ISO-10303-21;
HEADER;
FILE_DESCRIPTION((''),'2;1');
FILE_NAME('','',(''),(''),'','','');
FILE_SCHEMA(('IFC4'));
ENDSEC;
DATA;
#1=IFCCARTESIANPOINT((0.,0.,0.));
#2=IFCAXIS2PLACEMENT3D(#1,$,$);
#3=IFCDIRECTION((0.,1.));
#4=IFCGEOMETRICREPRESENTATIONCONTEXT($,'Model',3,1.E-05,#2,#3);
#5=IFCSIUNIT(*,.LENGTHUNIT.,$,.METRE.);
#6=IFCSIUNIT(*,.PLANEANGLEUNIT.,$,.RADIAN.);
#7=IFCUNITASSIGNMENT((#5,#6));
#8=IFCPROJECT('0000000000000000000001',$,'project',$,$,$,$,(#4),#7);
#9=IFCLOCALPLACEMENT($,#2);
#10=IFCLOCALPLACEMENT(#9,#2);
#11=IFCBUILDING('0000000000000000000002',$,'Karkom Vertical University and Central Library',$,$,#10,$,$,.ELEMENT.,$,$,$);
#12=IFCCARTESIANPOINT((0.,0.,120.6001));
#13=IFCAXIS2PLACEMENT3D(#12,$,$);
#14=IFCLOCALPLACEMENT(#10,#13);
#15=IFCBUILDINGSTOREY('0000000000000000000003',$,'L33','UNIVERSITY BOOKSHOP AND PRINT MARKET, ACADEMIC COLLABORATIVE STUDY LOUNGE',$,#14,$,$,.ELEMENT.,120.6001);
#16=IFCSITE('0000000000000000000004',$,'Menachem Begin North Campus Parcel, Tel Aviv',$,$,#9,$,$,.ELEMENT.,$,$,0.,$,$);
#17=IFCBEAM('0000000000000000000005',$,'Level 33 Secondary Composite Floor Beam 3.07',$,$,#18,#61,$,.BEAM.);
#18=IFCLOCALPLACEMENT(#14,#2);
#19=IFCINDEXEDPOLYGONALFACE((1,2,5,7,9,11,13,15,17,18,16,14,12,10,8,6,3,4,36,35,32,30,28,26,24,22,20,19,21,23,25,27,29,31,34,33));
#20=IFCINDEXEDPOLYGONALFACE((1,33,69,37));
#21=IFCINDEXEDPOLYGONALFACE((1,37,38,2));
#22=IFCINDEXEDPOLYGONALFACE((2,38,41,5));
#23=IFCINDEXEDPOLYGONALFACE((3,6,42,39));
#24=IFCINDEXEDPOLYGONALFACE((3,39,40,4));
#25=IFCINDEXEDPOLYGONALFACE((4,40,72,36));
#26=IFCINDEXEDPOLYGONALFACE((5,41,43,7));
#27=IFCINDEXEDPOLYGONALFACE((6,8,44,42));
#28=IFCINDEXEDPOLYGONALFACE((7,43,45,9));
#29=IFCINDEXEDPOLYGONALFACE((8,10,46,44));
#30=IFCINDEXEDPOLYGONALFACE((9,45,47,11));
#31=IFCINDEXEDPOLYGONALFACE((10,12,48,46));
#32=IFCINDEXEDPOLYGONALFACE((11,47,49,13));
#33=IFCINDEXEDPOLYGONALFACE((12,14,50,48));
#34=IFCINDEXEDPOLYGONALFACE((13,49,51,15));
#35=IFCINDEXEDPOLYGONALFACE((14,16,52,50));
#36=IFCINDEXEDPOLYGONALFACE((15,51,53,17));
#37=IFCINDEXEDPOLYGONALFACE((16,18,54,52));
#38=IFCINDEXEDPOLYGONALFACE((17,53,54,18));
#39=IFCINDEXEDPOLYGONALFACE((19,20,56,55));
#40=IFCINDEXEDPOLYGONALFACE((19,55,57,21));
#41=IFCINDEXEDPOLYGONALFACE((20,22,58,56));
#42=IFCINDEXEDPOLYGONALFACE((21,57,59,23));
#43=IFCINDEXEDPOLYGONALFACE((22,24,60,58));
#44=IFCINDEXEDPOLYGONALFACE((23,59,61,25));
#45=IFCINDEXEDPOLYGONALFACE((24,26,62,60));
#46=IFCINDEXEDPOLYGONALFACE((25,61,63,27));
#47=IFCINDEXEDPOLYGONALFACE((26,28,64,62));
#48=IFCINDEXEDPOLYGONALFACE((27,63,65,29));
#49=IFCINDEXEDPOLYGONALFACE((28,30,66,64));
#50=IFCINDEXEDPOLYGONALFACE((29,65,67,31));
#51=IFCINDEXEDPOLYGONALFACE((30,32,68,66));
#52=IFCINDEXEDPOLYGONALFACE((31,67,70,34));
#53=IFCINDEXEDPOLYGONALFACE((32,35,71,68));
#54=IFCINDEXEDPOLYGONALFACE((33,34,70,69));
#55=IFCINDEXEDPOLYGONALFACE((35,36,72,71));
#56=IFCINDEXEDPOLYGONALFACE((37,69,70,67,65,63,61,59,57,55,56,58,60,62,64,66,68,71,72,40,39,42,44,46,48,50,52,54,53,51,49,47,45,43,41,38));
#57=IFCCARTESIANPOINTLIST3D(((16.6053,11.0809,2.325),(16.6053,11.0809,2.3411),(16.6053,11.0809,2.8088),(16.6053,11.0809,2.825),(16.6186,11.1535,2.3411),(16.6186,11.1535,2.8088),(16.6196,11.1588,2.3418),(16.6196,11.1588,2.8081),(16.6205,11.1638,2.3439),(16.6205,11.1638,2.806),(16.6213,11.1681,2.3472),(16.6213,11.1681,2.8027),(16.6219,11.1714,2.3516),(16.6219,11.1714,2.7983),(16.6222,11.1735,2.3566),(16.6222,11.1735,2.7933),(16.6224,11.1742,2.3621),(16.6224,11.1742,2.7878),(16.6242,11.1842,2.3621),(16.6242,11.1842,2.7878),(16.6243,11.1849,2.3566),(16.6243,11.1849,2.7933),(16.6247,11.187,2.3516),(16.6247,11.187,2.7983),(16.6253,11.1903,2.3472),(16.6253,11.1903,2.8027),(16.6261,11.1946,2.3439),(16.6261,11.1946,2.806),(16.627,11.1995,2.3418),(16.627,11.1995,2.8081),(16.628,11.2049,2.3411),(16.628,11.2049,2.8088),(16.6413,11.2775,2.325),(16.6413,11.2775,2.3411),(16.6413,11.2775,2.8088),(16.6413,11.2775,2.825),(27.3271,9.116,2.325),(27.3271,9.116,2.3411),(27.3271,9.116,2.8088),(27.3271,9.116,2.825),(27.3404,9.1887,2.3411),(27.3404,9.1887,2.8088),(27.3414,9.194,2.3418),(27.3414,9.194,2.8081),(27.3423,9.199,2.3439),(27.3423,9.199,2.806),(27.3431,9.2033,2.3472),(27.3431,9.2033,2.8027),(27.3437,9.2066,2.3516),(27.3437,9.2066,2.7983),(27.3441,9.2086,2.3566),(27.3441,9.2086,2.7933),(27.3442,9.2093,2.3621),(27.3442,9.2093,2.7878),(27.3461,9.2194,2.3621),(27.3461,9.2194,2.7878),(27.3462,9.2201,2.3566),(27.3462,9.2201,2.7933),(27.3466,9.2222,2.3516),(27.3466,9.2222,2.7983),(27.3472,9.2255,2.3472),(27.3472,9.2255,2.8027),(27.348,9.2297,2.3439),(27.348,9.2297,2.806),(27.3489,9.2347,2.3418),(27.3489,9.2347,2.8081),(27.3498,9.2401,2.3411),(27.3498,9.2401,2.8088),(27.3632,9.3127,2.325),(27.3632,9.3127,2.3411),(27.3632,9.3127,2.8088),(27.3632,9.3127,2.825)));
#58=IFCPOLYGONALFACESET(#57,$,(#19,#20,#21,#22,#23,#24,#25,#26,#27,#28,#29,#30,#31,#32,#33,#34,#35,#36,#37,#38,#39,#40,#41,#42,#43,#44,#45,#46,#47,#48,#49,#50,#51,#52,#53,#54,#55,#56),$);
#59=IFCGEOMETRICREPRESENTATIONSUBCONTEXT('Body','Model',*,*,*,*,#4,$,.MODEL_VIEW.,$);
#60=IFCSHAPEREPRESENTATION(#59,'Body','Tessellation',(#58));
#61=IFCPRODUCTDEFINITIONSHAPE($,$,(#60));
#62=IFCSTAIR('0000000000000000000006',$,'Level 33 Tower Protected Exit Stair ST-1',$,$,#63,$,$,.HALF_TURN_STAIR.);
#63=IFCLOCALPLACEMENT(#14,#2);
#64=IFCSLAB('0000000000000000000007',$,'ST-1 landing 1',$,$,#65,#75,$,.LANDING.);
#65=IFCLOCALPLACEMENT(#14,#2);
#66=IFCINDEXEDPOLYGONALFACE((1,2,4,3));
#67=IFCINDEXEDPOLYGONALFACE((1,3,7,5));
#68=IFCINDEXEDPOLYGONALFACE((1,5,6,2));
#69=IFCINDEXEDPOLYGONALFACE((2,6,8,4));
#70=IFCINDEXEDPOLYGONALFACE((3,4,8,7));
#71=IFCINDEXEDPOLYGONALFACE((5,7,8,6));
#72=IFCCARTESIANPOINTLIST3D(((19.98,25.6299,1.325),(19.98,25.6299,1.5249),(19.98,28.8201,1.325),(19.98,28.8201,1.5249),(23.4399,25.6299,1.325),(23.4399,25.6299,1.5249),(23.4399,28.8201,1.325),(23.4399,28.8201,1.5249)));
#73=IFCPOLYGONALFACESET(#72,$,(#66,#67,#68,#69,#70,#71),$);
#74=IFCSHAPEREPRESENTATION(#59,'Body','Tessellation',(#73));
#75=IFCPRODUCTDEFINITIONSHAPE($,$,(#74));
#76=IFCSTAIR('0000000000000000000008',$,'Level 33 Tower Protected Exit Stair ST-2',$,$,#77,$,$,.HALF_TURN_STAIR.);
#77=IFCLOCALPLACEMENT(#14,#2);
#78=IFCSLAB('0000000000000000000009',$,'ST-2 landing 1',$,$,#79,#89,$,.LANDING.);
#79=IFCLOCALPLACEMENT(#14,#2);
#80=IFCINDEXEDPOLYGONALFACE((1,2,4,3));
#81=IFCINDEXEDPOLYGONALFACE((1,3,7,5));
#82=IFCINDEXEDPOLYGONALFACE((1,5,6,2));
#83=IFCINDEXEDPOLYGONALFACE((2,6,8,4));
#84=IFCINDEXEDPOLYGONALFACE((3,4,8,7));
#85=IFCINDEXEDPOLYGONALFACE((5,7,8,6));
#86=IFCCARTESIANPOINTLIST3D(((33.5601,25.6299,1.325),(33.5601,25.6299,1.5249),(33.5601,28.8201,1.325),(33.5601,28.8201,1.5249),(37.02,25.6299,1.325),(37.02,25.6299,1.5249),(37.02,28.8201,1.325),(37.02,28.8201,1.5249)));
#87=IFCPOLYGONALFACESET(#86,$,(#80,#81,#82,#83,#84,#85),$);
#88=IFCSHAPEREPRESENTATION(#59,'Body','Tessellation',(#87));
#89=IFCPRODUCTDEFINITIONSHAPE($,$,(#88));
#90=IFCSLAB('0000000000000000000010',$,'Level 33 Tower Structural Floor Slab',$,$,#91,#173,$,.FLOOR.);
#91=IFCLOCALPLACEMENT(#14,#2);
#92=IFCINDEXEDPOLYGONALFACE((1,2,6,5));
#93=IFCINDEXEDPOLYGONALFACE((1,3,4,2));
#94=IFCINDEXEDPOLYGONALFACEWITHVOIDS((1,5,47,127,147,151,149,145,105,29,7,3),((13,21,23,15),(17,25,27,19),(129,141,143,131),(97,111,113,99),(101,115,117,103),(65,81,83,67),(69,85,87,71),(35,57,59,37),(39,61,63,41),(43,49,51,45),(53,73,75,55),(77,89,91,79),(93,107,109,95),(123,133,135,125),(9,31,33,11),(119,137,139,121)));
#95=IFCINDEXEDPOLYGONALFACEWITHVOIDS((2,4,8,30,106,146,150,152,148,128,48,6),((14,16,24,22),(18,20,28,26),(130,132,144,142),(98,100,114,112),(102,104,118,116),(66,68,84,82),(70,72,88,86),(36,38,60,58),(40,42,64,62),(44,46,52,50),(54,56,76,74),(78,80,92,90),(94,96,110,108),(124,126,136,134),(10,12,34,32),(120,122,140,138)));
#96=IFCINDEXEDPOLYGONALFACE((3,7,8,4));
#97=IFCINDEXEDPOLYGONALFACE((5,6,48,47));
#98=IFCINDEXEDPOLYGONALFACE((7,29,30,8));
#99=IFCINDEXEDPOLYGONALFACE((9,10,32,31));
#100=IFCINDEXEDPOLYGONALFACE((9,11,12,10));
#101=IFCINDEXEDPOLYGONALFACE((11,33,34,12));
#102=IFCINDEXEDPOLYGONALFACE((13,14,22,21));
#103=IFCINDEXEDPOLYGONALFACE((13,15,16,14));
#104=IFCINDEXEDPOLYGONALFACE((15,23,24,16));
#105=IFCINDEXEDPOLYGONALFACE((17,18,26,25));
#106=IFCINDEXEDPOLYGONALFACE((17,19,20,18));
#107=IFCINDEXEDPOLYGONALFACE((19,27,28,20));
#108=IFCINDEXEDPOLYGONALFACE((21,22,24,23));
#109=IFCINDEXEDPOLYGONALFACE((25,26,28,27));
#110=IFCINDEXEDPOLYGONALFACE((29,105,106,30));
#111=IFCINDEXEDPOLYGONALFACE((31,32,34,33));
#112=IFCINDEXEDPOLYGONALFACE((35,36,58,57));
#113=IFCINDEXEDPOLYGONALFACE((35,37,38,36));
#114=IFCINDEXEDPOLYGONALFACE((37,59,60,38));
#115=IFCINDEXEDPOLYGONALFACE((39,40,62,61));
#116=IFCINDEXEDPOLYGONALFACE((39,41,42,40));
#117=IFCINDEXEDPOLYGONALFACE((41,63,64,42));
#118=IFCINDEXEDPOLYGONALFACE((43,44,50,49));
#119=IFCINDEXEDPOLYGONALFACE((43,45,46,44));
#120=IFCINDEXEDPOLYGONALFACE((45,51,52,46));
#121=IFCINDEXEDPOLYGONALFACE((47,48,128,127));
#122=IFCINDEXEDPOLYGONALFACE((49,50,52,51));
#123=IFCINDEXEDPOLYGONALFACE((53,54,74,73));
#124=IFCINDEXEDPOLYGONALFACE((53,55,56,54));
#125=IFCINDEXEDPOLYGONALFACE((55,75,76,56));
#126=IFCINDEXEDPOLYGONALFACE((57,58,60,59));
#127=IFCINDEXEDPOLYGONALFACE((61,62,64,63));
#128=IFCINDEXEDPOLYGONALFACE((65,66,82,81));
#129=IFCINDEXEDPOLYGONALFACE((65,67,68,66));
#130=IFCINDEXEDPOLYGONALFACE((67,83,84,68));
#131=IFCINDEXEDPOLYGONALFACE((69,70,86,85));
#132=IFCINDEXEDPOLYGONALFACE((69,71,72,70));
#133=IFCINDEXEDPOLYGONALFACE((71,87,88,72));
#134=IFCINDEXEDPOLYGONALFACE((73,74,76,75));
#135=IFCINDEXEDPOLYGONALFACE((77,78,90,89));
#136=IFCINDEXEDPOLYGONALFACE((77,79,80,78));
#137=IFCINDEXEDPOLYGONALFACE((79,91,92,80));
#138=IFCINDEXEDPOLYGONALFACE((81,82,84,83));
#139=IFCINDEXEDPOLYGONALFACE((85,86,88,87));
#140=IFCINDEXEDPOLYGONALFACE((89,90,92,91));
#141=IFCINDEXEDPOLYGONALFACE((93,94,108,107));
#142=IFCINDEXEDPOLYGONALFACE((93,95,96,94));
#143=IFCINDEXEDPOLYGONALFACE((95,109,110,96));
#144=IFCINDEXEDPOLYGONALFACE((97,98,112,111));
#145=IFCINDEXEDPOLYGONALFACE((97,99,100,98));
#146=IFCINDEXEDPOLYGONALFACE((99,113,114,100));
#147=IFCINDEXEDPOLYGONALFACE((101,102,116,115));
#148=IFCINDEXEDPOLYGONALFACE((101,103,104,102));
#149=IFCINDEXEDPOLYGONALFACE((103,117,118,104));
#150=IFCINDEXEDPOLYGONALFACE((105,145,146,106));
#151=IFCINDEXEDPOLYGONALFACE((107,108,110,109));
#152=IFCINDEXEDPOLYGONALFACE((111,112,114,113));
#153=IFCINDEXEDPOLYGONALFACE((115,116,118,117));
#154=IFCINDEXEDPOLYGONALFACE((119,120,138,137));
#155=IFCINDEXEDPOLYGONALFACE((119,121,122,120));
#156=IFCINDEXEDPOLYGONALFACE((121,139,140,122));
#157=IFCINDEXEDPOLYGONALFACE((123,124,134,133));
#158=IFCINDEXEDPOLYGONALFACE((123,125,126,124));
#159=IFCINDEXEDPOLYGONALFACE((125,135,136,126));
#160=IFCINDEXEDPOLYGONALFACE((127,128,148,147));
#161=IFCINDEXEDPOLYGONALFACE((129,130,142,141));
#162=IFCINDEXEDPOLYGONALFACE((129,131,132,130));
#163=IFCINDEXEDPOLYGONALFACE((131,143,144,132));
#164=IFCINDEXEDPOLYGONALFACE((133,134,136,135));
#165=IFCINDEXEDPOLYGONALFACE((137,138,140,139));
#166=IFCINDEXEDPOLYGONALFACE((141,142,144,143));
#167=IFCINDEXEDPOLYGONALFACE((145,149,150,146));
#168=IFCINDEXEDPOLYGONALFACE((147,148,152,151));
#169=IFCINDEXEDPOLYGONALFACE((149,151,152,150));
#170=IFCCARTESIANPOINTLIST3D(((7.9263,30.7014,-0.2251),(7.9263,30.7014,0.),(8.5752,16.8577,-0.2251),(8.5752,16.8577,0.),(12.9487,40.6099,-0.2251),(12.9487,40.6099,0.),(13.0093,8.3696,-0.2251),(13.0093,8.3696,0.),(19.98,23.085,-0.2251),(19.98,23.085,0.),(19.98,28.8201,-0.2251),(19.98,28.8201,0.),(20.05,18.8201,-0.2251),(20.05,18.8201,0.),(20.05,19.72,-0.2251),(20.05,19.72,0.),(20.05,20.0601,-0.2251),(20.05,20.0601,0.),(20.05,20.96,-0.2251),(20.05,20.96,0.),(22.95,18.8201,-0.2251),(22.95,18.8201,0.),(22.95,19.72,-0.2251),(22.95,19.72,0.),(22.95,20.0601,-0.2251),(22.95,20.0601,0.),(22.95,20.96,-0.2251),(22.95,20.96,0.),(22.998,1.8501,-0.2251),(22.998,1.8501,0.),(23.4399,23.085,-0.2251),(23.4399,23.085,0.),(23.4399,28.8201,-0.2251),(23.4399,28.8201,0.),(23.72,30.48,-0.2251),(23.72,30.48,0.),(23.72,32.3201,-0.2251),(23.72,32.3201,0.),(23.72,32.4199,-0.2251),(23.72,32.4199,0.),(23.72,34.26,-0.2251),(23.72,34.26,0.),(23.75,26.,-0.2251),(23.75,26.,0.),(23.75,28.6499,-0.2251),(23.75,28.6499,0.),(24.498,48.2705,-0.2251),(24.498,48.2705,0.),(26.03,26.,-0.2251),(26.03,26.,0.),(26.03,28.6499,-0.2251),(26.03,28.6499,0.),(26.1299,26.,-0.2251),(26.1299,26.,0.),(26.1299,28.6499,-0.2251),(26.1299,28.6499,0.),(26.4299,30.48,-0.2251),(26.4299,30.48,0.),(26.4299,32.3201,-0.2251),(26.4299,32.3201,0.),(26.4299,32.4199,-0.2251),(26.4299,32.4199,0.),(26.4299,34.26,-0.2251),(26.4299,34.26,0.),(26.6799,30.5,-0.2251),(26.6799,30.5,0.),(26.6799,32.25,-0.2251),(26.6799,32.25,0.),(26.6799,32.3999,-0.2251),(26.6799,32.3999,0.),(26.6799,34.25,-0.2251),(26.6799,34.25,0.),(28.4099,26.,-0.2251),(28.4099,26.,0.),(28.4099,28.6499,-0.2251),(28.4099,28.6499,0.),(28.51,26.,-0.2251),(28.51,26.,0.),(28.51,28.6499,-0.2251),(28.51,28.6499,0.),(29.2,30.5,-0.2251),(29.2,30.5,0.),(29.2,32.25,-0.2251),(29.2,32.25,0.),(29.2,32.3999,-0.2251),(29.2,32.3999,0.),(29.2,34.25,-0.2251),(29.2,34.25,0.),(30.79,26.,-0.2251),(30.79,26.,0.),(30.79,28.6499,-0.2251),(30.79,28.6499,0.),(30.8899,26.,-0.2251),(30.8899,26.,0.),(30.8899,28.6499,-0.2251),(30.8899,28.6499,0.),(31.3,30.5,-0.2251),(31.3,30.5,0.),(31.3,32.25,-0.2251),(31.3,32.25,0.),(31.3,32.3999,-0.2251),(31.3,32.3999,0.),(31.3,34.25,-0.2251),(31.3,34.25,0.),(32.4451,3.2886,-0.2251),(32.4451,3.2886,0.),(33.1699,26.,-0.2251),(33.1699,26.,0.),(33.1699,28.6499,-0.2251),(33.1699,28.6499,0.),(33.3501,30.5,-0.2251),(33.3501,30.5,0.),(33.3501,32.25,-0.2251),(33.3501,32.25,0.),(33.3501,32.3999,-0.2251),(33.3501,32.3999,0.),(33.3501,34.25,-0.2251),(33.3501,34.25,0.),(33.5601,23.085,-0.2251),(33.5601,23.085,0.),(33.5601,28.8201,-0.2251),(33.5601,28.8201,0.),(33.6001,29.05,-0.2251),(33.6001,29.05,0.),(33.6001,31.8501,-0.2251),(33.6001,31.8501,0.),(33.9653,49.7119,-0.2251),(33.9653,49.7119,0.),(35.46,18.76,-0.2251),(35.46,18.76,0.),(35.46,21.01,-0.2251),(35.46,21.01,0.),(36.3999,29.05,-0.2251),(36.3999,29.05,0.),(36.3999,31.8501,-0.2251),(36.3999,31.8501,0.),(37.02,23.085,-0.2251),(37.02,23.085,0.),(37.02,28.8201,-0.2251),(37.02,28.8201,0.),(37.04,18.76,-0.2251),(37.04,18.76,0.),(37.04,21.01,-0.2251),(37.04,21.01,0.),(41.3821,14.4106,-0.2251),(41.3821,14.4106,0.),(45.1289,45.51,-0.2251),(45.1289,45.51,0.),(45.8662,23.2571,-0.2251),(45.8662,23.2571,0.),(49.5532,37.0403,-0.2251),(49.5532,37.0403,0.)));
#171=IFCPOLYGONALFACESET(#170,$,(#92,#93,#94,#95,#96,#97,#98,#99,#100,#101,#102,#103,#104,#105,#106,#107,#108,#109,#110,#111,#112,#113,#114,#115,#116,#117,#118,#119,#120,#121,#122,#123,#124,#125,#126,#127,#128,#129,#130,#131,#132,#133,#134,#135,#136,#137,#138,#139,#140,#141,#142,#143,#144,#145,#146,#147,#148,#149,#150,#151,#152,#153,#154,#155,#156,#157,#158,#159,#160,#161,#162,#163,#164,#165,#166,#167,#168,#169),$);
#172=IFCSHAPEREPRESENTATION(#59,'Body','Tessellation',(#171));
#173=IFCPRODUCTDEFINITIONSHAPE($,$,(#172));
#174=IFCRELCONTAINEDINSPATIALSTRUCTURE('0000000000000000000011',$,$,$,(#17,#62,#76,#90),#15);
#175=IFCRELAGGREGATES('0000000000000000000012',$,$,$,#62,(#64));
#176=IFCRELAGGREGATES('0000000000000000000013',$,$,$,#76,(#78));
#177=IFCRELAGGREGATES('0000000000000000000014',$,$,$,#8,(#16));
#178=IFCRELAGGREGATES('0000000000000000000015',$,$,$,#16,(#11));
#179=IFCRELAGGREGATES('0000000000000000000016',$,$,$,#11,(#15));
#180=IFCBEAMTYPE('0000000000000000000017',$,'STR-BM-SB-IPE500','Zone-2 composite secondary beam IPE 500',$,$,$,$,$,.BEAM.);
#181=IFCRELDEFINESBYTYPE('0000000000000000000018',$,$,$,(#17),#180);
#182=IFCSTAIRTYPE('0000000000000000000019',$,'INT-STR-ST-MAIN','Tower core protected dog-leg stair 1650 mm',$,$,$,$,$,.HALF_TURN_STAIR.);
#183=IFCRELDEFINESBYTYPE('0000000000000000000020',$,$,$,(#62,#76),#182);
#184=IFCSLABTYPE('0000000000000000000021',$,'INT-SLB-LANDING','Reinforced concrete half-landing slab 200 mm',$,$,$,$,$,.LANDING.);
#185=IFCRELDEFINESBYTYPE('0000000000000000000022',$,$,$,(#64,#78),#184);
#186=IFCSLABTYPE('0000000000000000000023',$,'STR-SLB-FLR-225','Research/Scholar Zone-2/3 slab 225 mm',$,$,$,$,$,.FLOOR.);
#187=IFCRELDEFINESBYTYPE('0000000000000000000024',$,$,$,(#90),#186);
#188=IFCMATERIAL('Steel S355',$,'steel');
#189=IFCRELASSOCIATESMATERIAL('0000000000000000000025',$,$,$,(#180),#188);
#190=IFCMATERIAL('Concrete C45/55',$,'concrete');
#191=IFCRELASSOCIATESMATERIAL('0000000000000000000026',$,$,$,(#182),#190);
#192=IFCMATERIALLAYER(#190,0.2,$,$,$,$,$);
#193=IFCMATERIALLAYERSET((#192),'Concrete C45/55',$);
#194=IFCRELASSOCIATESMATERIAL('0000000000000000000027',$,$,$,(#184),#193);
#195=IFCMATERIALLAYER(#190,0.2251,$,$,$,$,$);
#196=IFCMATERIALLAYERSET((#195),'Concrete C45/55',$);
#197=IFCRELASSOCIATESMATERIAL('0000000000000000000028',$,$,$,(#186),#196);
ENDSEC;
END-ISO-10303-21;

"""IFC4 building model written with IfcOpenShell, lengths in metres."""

from ifc_helpers import new_model, si_unit, direction, frame, origin, origin_with_axes, origin_2d, place, context, subcontext, project, spatial, polyline, i_section, outline, extrude, source, transform, mapped, material, layer, layer_set, material_profile, profile_set, type_object, element, aggregate, save


model = new_model("IFC4")

# Units and contexts
model_context = context("Model", 3, precision=1e-05, world=origin(), true_north=direction((0.0, 1.0)))
body_context = subcontext(model_context, "Body", "Model", "MODEL_VIEW")
ifc_project = project(units=[si_unit("LENGTHUNIT", "METRE"), si_unit("PLANEANGLEUNIT", "RADIAN")], contexts=[model_context])

# Site, building, storey
site_placement = place(None, origin())
site = spatial("IfcSite", under=ifc_project, at=site_placement, Name="Menachem Begin North Campus Parcel, Tel Aviv", CompositionType="ELEMENT", RefElevation=0.0)
building_placement = place(site_placement, origin())
building = spatial("IfcBuilding", under=site, at=building_placement, Name="Karkom Vertical University and Central Library", CompositionType="ELEMENT")
storey_placement = place(building_placement, frame((0.0, 0.0, 120.6001)))
storey = spatial("IfcBuildingStorey", under=building, at=storey_placement, Name="L33", Description="UNIVERSITY BOOKSHOP AND PRINT MARKET, ACADEMIC COLLABORATIVE STUDY LOUNGE", CompositionType="ELEMENT", Elevation=120.6001)

# Beam
ifc_material_1 = material(Name="Steel S355", Category="steel")
ifc_material_profile_1 = material_profile(ifc_material_1, i_section(OverallWidth=0.2, OverallDepth=0.5, WebThickness=0.0103, FlangeThickness=0.0161, FilletRadius=0.021, at=origin_2d()), Name="IPE 500")
ifc_profile_set_1 = profile_set([ifc_material_profile_1], Name="Steel S355")
beam_type_1 = type_object("IfcBeamType", Name="STR-BM-SB-IPE500", Description="Zone-2 composite secondary beam IPE 500", PredefinedType="BEAM", material=ifc_profile_set_1)
shared_shape_1 = source(origin_with_axes(), body_context, "Body", "SweptSolid", [
    extrude(i_section(OverallWidth=0.2, OverallDepth=0.5, WebThickness=0.0103, FlangeThickness=0.0161, FilletRadius=0.021, at=origin_2d()), origin(), (0.0, 0.0, 1.0), 10.9004),
])
beam_1_placement = place(storey_placement, frame((16.6233, 11.1792, 2.575), z_axis=(0.98362, -0.180253, 0.0), x_axis=(0.180253, 0.98362, 0.0)))
element("IfcBeam", 1, at=beam_1_placement, inside=storey, type_object=beam_type_1, Name="Level 33 Secondary Composite Floor Beam 3.07", PredefinedType="BEAM", context=body_context, shape_type="MappedRepresentation", body=[
    mapped(shared_shape_1, transform((0.0, 0.0, 0.0), scale=1.0)),
])

# Stairs, slabs
ifc_material_2 = material(Name="Concrete C45/55", Category="concrete")
stair_type = type_object("IfcStairType", Name="INT-STR-ST-MAIN", Description="Tower core protected dog-leg stair 1650 mm", PredefinedType="HALF_TURN_STAIR", material=ifc_material_2)
stair_1_placement = place(storey_placement, origin())
stair_1 = element("IfcStair", 2, at=stair_1_placement, inside=storey, type_object=stair_type, Name="Level 33 Tower Protected Exit Stair ST-1", PredefinedType="HALF_TURN_STAIR")
ifc_layer_1 = layer(ifc_material_2, 0.2)
ifc_layer_set_1 = layer_set([ifc_layer_1], Name="Concrete C45/55")
slab_type_1 = type_object("IfcSlabType", Name="INT-SLB-LANDING", Description="Reinforced concrete half-landing slab 200 mm", PredefinedType="LANDING", material=ifc_layer_set_1)
slab_1_placement = place(storey_placement, frame((0.0, 0.0, 1.325)))
slab_1 = element("IfcSlab", 3, at=slab_1_placement, type_object=slab_type_1, Name="ST-1 landing 1", PredefinedType="LANDING", context=body_context, shape_type="SweptSolid", body=[
    extrude(outline(polyline([(23.4399, 25.6299), (23.4399, 28.8201), (19.98, 28.8201), (19.98, 25.6299), (23.4399, 25.6299)])), origin(), (0.0, 0.0, 1.0), 0.2),
])
aggregate(stair_1, [slab_1])
stair_2_placement = place(storey_placement, origin())
stair_2 = element("IfcStair", 4, at=stair_2_placement, inside=storey, type_object=stair_type, Name="Level 33 Tower Protected Exit Stair ST-2", PredefinedType="HALF_TURN_STAIR")
slab_2_placement = place(storey_placement, frame((0.0, 0.0, 1.325)))
slab_2 = element("IfcSlab", 5, at=slab_2_placement, type_object=slab_type_1, Name="ST-2 landing 1", PredefinedType="LANDING", context=body_context, shape_type="SweptSolid", body=[
    extrude(outline(polyline([(37.02, 25.6299), (37.02, 28.8201), (33.5601, 28.8201), (33.5601, 25.6299), (37.02, 25.6299)])), origin(), (0.0, 0.0, 1.0), 0.2),
])
aggregate(stair_2, [slab_2])

# Slab
ifc_layer_2 = layer(ifc_material_2, 0.2251)
ifc_layer_set_2 = layer_set([ifc_layer_2], Name="Concrete C45/55")
slab_type_2 = type_object("IfcSlabType", Name="STR-SLB-FLR-225", Description="Research/Scholar Zone-2/3 slab 225 mm", PredefinedType="FLOOR", material=ifc_layer_set_2)
slab_3_placement = place(storey_placement, frame((0.0, 0.0, -0.2251)))
element("IfcSlab", 6, at=slab_3_placement, inside=storey, type_object=slab_type_2, Name="Level 33 Tower Structural Floor Slab", PredefinedType="FLOOR", context=body_context, shape_type="SweptSolid", body=[
    extrude(outline(polyline([(12.9487, 40.6099), (7.9263, 30.7014), (8.5752, 16.8577), (13.0093, 8.3696), (22.998, 1.8501), (32.4451, 3.2886), (41.3821, 14.4106), (45.8662, 23.2571), (49.5532, 37.0403), (45.1289, 45.51), (33.9653, 49.7119), (24.498, 48.2705), (12.9487, 40.6099)]), holes=[polyline([(19.98, 23.085), (23.4399, 23.085), (23.4399, 28.8201), (19.98, 28.8201), (19.98, 23.085)]), polyline([(33.5601, 23.085), (37.02, 23.085), (37.02, 28.8201), (33.5601, 28.8201), (33.5601, 23.085)]), polyline([(23.75, 26.0), (26.03, 26.0), (26.03, 28.6499), (23.75, 28.6499), (23.75, 26.0)]), polyline([(26.1299, 26.0), (28.4099, 26.0), (28.4099, 28.6499), (26.1299, 28.6499), (26.1299, 26.0)]), polyline([(28.51, 26.0), (30.79, 26.0), (30.79, 28.6499), (28.51, 28.6499), (28.51, 26.0)]), polyline([(30.8899, 26.0), (33.1699, 26.0), (33.1699, 28.6499), (30.8899, 28.6499), (30.8899, 26.0)]), polyline([(26.6799, 30.5), (29.2, 30.5), (29.2, 32.25), (26.6799, 32.25), (26.6799, 30.5)]), polyline([(26.6799, 32.3999), (29.2, 32.3999), (29.2, 34.25), (26.6799, 34.25), (26.6799, 32.3999)]), polyline([(31.3, 30.5), (33.3501, 30.5), (33.3501, 32.25), (31.3, 32.25), (31.3, 30.5)]), polyline([(31.3, 32.3999), (33.3501, 32.3999), (33.3501, 34.25), (31.3, 34.25), (31.3, 32.3999)]), polyline([(23.72, 30.48), (26.4299, 30.48), (26.4299, 32.3201), (23.72, 32.3201), (23.72, 30.48)]), polyline([(23.72, 32.4199), (26.4299, 32.4199), (26.4299, 34.26), (23.72, 34.26), (23.72, 32.4199)]), polyline([(33.6001, 29.05), (36.3999, 29.05), (36.3999, 31.8501), (33.6001, 31.8501), (33.6001, 29.05)]), polyline([(20.05, 18.8201), (22.95, 18.8201), (22.95, 19.72), (20.05, 19.72), (20.05, 18.8201)]), polyline([(20.05, 20.0601), (22.95, 20.0601), (22.95, 20.96), (20.05, 20.96), (20.05, 20.0601)]), polyline([(35.46, 18.76), (37.04, 18.76), (37.04, 21.01), (35.46, 21.01), (35.46, 18.76)])]), origin(), (0.0, 0.0, 1.0), 0.2251),
])

save(model, "model.ifc")
